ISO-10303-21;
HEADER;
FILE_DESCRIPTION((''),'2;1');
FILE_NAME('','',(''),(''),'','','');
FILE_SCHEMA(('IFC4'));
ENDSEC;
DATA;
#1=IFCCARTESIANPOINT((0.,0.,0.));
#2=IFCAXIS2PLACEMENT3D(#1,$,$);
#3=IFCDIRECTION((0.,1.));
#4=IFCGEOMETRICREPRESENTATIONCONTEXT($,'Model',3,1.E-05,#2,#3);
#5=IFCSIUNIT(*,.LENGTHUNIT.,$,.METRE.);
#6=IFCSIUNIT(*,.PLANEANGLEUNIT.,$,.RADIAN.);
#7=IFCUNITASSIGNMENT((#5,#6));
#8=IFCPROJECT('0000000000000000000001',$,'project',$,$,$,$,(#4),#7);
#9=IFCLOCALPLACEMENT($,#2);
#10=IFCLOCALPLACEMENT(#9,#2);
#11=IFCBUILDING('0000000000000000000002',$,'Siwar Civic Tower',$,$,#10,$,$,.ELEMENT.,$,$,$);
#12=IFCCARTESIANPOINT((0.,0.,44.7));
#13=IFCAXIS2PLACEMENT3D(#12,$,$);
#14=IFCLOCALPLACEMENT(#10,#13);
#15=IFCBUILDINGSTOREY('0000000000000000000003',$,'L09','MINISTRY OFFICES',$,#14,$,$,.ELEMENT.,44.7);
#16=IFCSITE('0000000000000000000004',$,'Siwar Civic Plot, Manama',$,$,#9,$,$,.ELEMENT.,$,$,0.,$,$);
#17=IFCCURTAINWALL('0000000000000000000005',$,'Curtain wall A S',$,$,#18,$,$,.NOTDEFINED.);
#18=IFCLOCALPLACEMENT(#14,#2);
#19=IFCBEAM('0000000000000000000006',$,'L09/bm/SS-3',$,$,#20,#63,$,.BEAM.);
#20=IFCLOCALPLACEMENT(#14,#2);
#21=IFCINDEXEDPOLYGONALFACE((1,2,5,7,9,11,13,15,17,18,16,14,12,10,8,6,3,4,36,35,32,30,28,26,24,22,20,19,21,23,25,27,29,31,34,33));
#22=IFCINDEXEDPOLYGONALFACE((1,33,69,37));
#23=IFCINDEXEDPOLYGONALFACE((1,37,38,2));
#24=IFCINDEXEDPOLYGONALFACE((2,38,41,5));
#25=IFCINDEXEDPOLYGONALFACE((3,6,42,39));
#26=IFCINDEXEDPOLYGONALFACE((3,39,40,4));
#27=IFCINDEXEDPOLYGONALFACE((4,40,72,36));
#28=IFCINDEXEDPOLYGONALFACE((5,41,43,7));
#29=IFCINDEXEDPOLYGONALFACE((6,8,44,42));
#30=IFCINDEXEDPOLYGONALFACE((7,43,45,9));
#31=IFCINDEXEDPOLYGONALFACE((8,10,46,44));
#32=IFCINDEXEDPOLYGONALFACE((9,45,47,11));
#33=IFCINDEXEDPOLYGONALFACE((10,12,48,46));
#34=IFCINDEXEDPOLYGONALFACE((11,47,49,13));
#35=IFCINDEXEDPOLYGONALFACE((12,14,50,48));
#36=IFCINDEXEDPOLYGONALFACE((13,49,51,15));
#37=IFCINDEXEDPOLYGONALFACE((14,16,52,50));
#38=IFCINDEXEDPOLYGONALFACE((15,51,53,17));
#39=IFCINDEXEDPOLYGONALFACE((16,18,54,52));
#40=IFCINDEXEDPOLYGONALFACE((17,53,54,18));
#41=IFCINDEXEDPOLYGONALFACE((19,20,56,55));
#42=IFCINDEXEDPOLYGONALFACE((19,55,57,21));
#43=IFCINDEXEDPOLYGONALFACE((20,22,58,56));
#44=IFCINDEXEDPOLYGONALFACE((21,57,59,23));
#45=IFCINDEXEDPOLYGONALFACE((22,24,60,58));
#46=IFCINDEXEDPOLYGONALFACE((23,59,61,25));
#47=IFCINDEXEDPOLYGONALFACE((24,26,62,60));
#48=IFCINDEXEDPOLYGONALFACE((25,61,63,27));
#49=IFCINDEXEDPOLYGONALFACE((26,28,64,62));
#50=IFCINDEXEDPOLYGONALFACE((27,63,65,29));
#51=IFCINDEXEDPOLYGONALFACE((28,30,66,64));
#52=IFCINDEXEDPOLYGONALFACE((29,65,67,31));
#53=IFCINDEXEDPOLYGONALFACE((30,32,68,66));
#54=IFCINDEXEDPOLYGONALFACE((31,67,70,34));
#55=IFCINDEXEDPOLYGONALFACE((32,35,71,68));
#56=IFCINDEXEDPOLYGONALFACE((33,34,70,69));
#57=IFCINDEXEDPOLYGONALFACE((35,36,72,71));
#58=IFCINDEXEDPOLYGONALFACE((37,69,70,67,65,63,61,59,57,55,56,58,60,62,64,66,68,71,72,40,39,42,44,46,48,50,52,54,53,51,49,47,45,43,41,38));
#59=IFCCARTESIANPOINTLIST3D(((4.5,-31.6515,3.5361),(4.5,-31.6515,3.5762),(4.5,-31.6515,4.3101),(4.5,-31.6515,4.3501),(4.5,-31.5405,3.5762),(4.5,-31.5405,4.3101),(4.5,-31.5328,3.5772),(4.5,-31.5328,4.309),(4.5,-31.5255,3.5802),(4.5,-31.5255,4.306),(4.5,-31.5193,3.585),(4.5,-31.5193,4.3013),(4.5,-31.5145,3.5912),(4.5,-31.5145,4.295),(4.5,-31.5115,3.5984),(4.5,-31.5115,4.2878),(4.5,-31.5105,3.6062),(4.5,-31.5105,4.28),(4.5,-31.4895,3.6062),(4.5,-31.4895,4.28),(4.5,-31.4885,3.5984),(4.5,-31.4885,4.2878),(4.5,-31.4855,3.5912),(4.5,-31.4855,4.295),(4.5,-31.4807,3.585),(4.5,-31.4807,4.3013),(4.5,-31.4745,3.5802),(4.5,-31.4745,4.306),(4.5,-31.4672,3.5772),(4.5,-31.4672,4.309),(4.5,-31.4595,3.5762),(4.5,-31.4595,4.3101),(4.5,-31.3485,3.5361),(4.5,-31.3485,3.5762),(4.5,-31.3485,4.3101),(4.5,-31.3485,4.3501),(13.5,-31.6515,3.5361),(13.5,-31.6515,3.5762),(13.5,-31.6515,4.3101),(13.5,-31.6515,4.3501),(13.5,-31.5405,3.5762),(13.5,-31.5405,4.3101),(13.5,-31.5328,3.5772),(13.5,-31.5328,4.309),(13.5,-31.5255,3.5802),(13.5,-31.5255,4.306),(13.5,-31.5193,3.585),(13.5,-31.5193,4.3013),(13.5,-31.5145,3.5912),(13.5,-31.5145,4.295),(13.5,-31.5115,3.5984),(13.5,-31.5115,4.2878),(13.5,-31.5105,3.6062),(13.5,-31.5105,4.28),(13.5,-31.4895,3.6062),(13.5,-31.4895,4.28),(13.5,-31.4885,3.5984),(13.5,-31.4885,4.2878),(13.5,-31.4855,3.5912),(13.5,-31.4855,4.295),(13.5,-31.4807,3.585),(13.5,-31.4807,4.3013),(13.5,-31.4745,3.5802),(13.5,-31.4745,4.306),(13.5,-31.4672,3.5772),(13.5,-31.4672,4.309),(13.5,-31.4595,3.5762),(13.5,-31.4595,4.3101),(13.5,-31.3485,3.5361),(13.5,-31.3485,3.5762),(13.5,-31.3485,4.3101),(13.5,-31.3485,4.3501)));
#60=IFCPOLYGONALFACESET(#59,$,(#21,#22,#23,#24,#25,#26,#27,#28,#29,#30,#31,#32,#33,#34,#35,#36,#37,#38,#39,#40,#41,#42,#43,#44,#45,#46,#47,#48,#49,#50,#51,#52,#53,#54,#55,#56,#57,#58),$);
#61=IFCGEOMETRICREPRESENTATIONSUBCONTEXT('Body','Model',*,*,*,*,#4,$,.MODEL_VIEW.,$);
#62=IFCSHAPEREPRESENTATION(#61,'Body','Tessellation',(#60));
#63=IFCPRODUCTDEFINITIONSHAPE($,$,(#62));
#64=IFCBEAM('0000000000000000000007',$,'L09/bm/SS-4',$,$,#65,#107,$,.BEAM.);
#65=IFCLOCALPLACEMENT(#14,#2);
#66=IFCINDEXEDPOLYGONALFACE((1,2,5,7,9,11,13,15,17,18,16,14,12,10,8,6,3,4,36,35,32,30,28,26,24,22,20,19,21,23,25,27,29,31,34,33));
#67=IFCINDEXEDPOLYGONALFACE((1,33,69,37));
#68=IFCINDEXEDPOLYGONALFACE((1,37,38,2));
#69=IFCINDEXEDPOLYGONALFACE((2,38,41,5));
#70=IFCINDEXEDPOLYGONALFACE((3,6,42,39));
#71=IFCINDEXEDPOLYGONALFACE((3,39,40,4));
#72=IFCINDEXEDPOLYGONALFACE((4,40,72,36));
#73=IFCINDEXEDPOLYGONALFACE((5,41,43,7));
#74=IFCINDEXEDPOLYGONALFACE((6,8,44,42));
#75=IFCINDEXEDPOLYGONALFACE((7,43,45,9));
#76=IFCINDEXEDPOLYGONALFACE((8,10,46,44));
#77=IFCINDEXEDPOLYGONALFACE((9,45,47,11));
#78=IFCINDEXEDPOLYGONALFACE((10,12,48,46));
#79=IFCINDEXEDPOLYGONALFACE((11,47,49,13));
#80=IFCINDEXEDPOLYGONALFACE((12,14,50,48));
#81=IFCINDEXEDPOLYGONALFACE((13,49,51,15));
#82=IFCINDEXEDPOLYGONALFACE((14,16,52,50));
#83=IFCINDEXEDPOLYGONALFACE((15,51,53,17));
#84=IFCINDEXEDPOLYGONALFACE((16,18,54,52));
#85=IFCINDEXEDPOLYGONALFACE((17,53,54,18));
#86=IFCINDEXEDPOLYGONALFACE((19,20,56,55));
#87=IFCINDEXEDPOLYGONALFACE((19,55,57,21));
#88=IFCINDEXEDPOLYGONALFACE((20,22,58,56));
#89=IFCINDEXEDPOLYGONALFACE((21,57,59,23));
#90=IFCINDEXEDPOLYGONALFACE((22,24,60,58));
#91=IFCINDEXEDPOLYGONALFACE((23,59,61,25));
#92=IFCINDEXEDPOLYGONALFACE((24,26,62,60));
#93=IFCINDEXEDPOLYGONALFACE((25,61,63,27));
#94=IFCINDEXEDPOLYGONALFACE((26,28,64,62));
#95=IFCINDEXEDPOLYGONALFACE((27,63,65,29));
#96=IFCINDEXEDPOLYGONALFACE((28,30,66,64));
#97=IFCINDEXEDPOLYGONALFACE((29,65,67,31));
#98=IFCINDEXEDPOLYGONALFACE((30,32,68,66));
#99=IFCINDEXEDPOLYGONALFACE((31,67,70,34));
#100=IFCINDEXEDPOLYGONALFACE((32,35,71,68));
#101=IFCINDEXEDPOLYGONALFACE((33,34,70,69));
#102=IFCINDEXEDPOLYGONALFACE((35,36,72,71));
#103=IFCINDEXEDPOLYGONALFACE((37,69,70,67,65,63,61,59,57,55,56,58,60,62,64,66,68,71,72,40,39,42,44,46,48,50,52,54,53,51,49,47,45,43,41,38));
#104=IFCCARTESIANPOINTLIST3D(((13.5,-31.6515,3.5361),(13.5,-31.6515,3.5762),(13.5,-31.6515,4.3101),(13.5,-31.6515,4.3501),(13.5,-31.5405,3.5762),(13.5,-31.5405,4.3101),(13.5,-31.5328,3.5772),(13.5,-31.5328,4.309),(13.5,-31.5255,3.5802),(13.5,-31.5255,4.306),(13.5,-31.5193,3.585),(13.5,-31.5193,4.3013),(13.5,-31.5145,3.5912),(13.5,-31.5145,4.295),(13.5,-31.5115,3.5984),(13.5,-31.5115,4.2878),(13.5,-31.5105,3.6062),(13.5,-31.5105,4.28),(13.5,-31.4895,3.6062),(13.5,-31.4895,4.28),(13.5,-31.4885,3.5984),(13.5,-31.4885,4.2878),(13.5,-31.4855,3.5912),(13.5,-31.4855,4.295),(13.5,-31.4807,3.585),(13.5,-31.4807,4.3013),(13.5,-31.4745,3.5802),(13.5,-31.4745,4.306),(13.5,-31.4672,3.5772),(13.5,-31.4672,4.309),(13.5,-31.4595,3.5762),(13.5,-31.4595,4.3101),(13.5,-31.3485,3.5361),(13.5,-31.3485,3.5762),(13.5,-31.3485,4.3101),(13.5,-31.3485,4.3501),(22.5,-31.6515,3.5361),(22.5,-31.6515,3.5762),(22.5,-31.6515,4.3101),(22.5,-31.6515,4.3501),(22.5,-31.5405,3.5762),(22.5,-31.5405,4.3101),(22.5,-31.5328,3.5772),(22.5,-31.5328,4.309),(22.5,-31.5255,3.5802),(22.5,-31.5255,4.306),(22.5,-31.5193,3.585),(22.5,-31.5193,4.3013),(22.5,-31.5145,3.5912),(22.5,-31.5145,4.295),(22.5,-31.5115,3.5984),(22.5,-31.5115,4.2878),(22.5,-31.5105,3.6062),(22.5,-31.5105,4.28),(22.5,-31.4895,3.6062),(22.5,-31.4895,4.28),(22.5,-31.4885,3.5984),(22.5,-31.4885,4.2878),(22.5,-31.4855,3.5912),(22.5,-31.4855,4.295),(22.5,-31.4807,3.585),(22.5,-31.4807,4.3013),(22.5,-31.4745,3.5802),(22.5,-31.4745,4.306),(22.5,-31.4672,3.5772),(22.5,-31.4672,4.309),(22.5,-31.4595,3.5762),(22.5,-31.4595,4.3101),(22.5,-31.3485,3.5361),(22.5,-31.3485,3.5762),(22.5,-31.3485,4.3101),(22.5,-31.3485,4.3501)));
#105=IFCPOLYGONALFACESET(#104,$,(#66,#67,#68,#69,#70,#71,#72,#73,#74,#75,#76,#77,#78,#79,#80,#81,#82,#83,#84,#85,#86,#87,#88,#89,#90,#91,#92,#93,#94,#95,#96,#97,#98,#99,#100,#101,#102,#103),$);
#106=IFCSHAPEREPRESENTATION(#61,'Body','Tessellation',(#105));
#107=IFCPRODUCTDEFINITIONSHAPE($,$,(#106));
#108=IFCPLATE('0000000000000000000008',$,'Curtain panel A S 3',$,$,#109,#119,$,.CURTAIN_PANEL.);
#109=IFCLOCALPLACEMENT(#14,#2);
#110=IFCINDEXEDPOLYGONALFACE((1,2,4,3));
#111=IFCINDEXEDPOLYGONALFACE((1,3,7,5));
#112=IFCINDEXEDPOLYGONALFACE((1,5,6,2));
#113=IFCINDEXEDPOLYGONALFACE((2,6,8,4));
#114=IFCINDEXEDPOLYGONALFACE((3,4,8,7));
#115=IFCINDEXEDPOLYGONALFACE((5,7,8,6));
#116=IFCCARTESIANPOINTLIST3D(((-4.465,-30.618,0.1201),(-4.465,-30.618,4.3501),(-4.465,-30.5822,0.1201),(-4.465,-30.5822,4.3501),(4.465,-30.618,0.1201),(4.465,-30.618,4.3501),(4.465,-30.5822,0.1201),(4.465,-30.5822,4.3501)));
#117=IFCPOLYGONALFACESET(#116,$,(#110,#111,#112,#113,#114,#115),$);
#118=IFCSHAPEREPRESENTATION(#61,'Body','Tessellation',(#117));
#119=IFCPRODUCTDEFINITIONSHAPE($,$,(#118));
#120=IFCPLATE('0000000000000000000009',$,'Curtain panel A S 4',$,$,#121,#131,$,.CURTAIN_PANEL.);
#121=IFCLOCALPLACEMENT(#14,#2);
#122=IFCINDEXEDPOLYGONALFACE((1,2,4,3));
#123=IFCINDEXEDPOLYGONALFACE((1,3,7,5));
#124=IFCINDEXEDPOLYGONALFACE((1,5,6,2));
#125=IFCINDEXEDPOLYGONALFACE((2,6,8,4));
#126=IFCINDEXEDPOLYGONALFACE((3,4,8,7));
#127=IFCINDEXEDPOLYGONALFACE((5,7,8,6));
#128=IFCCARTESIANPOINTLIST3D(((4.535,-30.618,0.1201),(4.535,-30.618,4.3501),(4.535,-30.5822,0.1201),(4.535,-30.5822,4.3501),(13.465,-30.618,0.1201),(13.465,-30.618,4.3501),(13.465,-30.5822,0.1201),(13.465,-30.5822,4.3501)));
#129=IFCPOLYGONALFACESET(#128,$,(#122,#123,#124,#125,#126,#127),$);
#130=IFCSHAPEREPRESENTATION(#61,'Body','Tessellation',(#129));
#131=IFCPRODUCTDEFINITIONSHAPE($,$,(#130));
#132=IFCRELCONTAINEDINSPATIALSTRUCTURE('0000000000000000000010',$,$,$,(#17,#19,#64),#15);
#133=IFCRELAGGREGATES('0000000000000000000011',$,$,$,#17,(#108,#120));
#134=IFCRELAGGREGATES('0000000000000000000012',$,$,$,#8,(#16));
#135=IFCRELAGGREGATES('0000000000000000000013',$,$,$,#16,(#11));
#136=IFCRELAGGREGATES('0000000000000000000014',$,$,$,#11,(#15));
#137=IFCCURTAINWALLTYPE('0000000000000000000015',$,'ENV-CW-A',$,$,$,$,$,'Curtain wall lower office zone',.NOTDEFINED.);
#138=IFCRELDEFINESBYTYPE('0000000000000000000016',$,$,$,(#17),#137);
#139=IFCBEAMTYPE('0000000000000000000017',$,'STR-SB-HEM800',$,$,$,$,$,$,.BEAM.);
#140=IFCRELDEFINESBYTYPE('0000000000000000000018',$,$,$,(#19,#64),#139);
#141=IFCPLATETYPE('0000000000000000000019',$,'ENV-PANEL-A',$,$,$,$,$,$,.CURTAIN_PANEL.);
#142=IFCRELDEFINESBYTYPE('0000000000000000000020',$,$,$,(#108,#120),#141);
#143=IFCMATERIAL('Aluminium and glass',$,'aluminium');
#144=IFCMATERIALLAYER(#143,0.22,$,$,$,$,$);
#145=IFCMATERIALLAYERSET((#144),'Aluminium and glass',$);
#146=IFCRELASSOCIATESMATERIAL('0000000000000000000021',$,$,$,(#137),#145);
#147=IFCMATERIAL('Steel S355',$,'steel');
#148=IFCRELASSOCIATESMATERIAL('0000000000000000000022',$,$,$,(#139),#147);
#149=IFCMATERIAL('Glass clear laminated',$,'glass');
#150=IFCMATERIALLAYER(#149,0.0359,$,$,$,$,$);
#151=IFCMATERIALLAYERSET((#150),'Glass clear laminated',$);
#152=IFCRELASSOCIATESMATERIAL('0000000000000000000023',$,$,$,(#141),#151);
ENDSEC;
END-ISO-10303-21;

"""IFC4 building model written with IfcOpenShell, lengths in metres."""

from ifc_helpers import new_model, si_unit, direction, frame, origin, origin_2d, place, context, subcontext, project, spatial, rectangle, i_section, extrude, material, layer, layer_set, material_profile, profile_set, type_object, element, aggregate, save


model = new_model("IFC4")

# Units and contexts
model_context = context("Model", 3, precision=1e-05, world=origin(), true_north=direction((0.0, 1.0)))
body_context = subcontext(model_context, "Body", "Model", "MODEL_VIEW")
ifc_project = project(units=[si_unit("LENGTHUNIT", "METRE"), si_unit("PLANEANGLEUNIT", "RADIAN")], contexts=[model_context])

# Site, building, storey
site_placement = place(None, origin())
site = spatial("IfcSite", under=ifc_project, at=site_placement, Name="Siwar Civic Plot, Manama", CompositionType="ELEMENT", RefElevation=0.0)
building_placement = place(site_placement, origin())
building = spatial("IfcBuilding", under=site, at=building_placement, Name="Siwar Civic Tower", CompositionType="ELEMENT")
storey_placement = place(building_placement, frame((0.0, 0.0, 44.7)))
storey = spatial("IfcBuildingStorey", under=building, at=storey_placement, Name="L09", Description="MINISTRY OFFICES", CompositionType="ELEMENT", Elevation=44.7)

# Curtain wall
ifc_material_1 = material(Name="Aluminium and glass", Category="aluminium")
ifc_layer_1 = layer(ifc_material_1, 0.22)
ifc_layer_set_1 = layer_set([ifc_layer_1], Name="Aluminium and glass")
curtain_wall_type = type_object("IfcCurtainWallType", Name="ENV-CW-A", ElementType="Curtain wall lower office zone", PredefinedType="NOTDEFINED", material=ifc_layer_set_1)
curtain_wall_placement = place(storey_placement, origin())
curtain_wall = element("IfcCurtainWall", 1, at=curtain_wall_placement, inside=storey, type_object=curtain_wall_type, Name="Curtain wall A S", PredefinedType="NOTDEFINED")

# Beams
ifc_material_2 = material(Name="Steel S355", Category="steel")
ifc_material_profile_1 = material_profile(ifc_material_2, i_section(OverallWidth=0.303, OverallDepth=0.814, WebThickness=0.021, FlangeThickness=0.04, FilletRadius=0.03, at=origin_2d()), Name="HEM800")
ifc_profile_set_1 = profile_set([ifc_material_profile_1], Name="Steel S355")
beam_type_1 = type_object("IfcBeamType", Name="STR-SB-HEM800", PredefinedType="BEAM", material=ifc_profile_set_1)
for number, where, z_axis, x_axis, name in (
    (2, (4.5, -31.5, 3.9431), (1.0, 0.0, 0.0), (0.0, 1.0, 0.0), "L09/bm/SS-3"),
    (3, (13.5, -31.5, 3.9431), (1.0, 0.0, 0.0), (0.0, 1.0, 0.0), "L09/bm/SS-4"),
):
    element("IfcBeam", number, at=place(storey_placement, frame(where, z_axis=z_axis, x_axis=x_axis)), inside=storey, type_object=beam_type_1, Name=name, PredefinedType="BEAM", context=body_context, shape_type="SweptSolid", body=[
        extrude(i_section(OverallWidth=0.303, OverallDepth=0.814, WebThickness=0.021, FlangeThickness=0.04, FilletRadius=0.03, at=origin_2d()), origin(), (0.0, 0.0, 1.0), 9.0),
    ])

# Plates
ifc_material_3 = material(Name="Glass clear laminated", Category="glass")
ifc_layer_2 = layer(ifc_material_3, 0.0359)
ifc_layer_set_2 = layer_set([ifc_layer_2], Name="Glass clear laminated")
plate_type = type_object("IfcPlateType", Name="ENV-PANEL-A", PredefinedType="CURTAIN_PANEL", material=ifc_layer_set_2)
plate_1_placement = place(storey_placement, frame((0.0, -30.6001, 0.1201), z_axis=(0.0, 0.0, 1.0), x_axis=(1.0, 0.0, 0.0)))
plate_1 = element("IfcPlate", 4, at=plate_1_placement, type_object=plate_type, Name="Curtain panel A S 3", PredefinedType="CURTAIN_PANEL", context=body_context, shape_type="SweptSolid", body=[
    extrude(rectangle(XDim=8.9299, YDim=0.0359, at=origin_2d()), origin(), (0.0, 0.0, 1.0), 4.23),
])
plate_2_placement = place(storey_placement, frame((9.0, -30.6001, 0.1201), z_axis=(0.0, 0.0, 1.0), x_axis=(1.0, 0.0, 0.0)))
plate_2 = element("IfcPlate", 5, at=plate_2_placement, type_object=plate_type, Name="Curtain panel A S 4", PredefinedType="CURTAIN_PANEL", context=body_context, shape_type="SweptSolid", body=[
    extrude(rectangle(XDim=8.9299, YDim=0.0359, at=origin_2d()), origin(), (0.0, 0.0, 1.0), 4.23),
])
aggregate(curtain_wall, [plate_1, plate_2])

save(model, "model.ifc")
